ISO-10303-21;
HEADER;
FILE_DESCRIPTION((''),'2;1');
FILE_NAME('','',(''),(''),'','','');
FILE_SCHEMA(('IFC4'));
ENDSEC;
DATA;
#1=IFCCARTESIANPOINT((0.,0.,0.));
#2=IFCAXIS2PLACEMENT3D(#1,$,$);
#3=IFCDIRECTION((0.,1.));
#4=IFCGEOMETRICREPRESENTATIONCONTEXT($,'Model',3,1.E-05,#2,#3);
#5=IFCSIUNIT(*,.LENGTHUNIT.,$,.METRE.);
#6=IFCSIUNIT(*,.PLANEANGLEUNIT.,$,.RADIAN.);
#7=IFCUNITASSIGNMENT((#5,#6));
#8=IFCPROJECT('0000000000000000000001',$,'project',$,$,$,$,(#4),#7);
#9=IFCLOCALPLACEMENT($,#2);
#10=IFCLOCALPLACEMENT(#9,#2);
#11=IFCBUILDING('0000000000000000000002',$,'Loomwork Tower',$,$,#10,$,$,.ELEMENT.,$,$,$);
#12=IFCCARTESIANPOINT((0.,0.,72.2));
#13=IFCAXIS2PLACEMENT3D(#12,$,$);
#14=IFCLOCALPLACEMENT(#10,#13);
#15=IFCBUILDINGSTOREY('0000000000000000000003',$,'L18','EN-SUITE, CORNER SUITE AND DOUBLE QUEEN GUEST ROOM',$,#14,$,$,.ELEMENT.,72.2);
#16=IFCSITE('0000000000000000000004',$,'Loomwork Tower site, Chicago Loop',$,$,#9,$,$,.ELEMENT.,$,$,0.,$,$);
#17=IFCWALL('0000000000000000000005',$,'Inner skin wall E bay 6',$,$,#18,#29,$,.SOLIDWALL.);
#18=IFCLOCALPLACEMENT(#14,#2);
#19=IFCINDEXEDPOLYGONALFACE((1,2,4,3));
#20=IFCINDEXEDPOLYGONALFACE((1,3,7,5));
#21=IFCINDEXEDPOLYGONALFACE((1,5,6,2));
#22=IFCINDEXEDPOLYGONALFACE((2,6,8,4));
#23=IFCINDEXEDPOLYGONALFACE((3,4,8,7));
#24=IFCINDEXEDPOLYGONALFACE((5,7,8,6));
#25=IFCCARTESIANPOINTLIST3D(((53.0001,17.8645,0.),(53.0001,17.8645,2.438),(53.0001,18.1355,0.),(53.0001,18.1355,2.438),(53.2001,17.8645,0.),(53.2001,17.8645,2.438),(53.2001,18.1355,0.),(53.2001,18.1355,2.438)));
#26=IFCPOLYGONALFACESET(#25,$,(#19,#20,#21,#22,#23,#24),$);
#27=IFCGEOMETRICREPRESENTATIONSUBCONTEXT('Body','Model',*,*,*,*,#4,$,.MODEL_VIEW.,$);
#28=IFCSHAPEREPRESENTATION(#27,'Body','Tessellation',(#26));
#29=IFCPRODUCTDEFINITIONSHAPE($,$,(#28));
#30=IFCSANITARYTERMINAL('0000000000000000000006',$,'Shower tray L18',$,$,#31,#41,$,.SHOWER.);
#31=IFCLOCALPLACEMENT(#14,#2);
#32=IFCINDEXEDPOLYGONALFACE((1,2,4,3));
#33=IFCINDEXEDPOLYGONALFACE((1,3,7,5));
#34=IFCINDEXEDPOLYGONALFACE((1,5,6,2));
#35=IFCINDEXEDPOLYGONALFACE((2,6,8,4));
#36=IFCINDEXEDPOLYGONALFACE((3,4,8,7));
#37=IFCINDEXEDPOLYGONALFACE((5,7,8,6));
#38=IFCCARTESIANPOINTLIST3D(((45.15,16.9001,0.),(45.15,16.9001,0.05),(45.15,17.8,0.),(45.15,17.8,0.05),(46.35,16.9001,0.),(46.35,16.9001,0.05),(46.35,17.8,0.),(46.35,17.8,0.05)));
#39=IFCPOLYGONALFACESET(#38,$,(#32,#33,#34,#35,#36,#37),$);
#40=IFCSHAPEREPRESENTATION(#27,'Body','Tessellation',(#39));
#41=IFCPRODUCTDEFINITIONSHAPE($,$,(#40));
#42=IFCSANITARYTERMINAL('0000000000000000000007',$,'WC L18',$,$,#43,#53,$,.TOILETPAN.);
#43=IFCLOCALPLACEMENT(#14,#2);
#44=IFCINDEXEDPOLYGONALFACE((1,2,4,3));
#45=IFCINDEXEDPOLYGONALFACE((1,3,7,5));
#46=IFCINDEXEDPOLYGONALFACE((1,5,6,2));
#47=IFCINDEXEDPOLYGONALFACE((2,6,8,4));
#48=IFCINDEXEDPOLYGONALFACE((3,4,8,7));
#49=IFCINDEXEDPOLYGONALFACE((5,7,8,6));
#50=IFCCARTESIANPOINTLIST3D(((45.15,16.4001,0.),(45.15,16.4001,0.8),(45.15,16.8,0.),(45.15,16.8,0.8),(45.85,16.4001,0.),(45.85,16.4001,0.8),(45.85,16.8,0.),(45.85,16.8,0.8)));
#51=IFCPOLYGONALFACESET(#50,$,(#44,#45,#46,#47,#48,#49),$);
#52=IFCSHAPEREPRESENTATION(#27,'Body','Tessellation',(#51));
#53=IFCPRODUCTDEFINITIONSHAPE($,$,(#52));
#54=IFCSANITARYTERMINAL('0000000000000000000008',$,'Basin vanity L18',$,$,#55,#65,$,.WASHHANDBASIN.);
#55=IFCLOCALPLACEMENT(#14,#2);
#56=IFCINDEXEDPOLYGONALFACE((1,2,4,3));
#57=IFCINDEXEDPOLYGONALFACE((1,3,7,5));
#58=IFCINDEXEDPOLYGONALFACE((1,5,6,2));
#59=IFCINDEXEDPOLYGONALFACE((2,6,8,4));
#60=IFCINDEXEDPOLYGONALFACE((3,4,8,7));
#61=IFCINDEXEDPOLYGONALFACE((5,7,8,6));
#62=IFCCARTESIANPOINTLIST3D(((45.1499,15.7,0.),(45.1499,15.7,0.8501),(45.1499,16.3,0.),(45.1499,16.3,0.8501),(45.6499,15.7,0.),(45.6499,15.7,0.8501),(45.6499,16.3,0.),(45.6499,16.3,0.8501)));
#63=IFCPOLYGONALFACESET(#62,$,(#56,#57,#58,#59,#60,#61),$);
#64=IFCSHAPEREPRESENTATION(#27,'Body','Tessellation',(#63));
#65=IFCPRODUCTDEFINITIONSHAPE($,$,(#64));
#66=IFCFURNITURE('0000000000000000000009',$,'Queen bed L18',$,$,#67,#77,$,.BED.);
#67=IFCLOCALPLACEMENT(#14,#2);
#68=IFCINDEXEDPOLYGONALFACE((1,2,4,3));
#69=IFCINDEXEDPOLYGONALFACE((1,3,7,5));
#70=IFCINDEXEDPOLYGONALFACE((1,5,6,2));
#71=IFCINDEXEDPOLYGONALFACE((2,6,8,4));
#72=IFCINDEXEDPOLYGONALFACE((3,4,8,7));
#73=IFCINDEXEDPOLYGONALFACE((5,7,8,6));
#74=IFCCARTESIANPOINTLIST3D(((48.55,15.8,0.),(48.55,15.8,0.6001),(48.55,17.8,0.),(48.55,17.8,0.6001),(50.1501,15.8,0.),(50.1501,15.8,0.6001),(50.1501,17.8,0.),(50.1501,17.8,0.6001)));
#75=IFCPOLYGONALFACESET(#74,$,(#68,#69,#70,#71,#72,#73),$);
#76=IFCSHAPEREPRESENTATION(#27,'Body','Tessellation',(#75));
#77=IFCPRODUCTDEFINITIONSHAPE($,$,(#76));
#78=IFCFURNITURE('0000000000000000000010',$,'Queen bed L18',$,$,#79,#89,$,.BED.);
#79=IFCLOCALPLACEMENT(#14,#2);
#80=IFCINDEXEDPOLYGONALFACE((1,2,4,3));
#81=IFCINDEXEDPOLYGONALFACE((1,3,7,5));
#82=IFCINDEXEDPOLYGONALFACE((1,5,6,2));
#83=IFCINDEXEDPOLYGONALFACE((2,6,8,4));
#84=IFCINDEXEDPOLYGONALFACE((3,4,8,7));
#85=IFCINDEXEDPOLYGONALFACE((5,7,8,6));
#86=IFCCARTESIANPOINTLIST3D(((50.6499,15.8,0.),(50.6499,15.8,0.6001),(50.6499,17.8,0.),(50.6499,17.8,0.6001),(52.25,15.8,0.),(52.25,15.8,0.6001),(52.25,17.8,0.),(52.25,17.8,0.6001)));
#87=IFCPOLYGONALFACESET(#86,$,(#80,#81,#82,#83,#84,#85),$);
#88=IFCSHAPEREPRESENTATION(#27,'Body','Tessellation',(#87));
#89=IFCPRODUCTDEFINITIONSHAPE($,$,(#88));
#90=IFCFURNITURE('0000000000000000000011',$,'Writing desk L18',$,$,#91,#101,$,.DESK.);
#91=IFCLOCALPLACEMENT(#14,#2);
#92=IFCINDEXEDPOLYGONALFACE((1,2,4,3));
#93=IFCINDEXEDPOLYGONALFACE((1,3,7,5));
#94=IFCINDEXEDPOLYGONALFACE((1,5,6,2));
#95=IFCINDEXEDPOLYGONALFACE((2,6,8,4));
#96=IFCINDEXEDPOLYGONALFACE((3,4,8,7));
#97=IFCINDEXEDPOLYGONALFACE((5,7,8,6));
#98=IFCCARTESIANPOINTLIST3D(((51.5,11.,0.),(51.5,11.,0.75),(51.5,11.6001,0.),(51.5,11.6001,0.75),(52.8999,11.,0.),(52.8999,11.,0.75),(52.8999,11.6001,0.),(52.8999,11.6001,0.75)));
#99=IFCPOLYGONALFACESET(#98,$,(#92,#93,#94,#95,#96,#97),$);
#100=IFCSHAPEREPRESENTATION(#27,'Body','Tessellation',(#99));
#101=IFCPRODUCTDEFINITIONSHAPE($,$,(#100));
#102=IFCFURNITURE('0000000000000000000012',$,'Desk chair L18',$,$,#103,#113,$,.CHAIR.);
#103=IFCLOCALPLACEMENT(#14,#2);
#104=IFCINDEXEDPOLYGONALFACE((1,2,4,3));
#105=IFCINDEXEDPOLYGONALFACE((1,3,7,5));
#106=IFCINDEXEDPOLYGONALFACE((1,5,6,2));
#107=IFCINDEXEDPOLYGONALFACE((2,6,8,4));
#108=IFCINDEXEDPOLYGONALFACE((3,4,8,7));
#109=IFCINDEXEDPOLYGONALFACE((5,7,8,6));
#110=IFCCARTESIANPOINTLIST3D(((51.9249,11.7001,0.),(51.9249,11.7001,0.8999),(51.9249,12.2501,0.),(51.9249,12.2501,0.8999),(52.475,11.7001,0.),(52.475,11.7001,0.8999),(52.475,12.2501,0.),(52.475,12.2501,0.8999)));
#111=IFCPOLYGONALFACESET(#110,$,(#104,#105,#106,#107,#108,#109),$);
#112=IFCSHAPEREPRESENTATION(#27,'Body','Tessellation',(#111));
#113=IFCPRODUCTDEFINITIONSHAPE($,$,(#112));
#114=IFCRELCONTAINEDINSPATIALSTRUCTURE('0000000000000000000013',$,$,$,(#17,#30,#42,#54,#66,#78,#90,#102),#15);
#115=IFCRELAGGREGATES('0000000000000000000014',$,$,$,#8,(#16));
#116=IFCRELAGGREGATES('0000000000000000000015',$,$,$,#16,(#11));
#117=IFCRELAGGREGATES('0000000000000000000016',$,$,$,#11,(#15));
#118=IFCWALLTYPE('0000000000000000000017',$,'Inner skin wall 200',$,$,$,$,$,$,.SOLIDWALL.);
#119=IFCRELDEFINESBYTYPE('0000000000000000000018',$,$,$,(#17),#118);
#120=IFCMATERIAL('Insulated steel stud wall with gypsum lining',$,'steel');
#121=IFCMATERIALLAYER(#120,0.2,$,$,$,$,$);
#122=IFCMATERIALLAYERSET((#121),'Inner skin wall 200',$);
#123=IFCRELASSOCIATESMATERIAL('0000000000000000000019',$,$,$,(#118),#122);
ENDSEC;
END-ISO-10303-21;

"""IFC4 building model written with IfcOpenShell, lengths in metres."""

from ifc_helpers import new_model, si_unit, direction, frame, frame_2d, origin, origin_2d, place, context, subcontext, project, spatial, rectangle, extrude, material, layer, layer_set, type_object, element, save


model = new_model("IFC4")

# Units and contexts
model_context = context("Model", 3, precision=1e-05, world=origin(), true_north=direction((0.0, 1.0)))
body_context = subcontext(model_context, "Body", "Model", "MODEL_VIEW")
ifc_project = project(units=[si_unit("LENGTHUNIT", "METRE"), si_unit("PLANEANGLEUNIT", "RADIAN")], contexts=[model_context])

# Site, building, storey
site_placement = place(None, origin())
site = spatial("IfcSite", under=ifc_project, at=site_placement, Name="Loomwork Tower site, Chicago Loop", CompositionType="ELEMENT", RefElevation=0.0)
building_placement = place(site_placement, origin())
building = spatial("IfcBuilding", under=site, at=building_placement, Name="Loomwork Tower", CompositionType="ELEMENT")
storey_placement = place(building_placement, frame((0.0, 0.0, 72.2)))
storey = spatial("IfcBuildingStorey", under=building, at=storey_placement, Name="L18", Description="EN-SUITE, CORNER SUITE AND DOUBLE QUEEN GUEST ROOM", CompositionType="ELEMENT", Elevation=72.2)

# Wall
ifc_material_1 = material(Name="Insulated steel stud wall with gypsum lining", Category="steel")
ifc_layer_1 = layer(ifc_material_1, 0.2)
ifc_layer_set_1 = layer_set([ifc_layer_1], Name="Inner skin wall 200")
wall_type_1 = type_object("IfcWallType", Name="Inner skin wall 200", PredefinedType="SOLIDWALL", material=ifc_layer_set_1)
wall_1_placement = place(storey_placement, frame((53.1001, 17.8645, 0.0), z_axis=(0.0, 0.0, 1.0), x_axis=(0.0, 1.0, 0.0)))
element("IfcWall", 1, at=wall_1_placement, inside=storey, type_object=wall_type_1, Name="Inner skin wall E bay 6", PredefinedType="SOLIDWALL", context=body_context, shape_type="SweptSolid", body=[
    extrude(rectangle(XDim=0.271, YDim=0.2, at=frame_2d((0.1355, 0.0))), origin(), (0.0, 0.0, 1.0), 2.438),
])

# Sanitary terminals
sanitary_terminal_1_placement = place(storey_placement, frame((45.75, 17.3501, 0.0), z_axis=(0.0, 0.0, 1.0), x_axis=(1.0, 0.0, 0.0)))
element("IfcSanitaryTerminal", 2, at=sanitary_terminal_1_placement, inside=storey, Name="Shower tray L18", PredefinedType="SHOWER", context=body_context, shape_type="SweptSolid", body=[
    extrude(rectangle(XDim=1.2, YDim=0.8999, at=origin_2d()), origin(), (0.0, 0.0, 1.0), 0.05),
])
sanitary_terminal_2_placement = place(storey_placement, frame((45.5, 16.6001, 0.0), z_axis=(0.0, 0.0, 1.0), x_axis=(1.0, 0.0, 0.0)))
element("IfcSanitaryTerminal", 3, at=sanitary_terminal_2_placement, inside=storey, Name="WC L18", PredefinedType="TOILETPAN", context=body_context, shape_type="SweptSolid", body=[
    extrude(rectangle(XDim=0.7, YDim=0.3999, at=origin_2d()), origin(), (0.0, 0.0, 1.0), 0.8),
])
sanitary_terminal_3_placement = place(storey_placement, frame((45.3999, 16.0, 0.0), z_axis=(0.0, 0.0, 1.0), x_axis=(1.0, 0.0, 0.0)))
element("IfcSanitaryTerminal", 4, at=sanitary_terminal_3_placement, inside=storey, Name="Basin vanity L18", PredefinedType="WASHHANDBASIN", context=body_context, shape_type="SweptSolid", body=[
    extrude(rectangle(XDim=0.5, YDim=0.6001, at=origin_2d()), origin(), (0.0, 0.0, 1.0), 0.8501),
])

# Furniture
for number, where, z_axis, x_axis, name in (
    (5, (49.3501, 16.8, 0.0), (0.0, 0.0, 1.0), (1.0, 0.0, 0.0), "Queen bed L18"),
    (6, (51.45, 16.8, 0.0), (0.0, 0.0, 1.0), (1.0, 0.0, 0.0), "Queen bed L18"),
):
    element("IfcFurniture", number, at=place(storey_placement, frame(where, z_axis=z_axis, x_axis=x_axis)), inside=storey, Name=name, PredefinedType="BED", context=body_context, shape_type="SweptSolid", body=[
        extrude(rectangle(XDim=1.6001, YDim=2.0, at=origin_2d()), origin(), (0.0, 0.0, 1.0), 0.6001),
    ])
furniture_1_placement = place(storey_placement, frame((52.2, 11.3, 0.0), z_axis=(0.0, 0.0, 1.0), x_axis=(1.0, 0.0, 0.0)))
element("IfcFurniture", 7, at=furniture_1_placement, inside=storey, Name="Writing desk L18", PredefinedType="DESK", context=body_context, shape_type="SweptSolid", body=[
    extrude(rectangle(XDim=1.3999, YDim=0.6001, at=origin_2d()), origin(), (0.0, 0.0, 1.0), 0.75),
])
furniture_2_placement = place(storey_placement, frame((52.2, 11.9751, 0.0), z_axis=(0.0, 0.0, 1.0), x_axis=(1.0, 0.0, 0.0)))
element("IfcFurniture", 8, at=furniture_2_placement, inside=storey, Name="Desk chair L18", PredefinedType="CHAIR", context=body_context, shape_type="SweptSolid", body=[
    extrude(rectangle(XDim=0.55, YDim=0.55, at=origin_2d()), origin(), (0.0, 0.0, 1.0), 0.8999),
])

save(model, "model.ifc")
